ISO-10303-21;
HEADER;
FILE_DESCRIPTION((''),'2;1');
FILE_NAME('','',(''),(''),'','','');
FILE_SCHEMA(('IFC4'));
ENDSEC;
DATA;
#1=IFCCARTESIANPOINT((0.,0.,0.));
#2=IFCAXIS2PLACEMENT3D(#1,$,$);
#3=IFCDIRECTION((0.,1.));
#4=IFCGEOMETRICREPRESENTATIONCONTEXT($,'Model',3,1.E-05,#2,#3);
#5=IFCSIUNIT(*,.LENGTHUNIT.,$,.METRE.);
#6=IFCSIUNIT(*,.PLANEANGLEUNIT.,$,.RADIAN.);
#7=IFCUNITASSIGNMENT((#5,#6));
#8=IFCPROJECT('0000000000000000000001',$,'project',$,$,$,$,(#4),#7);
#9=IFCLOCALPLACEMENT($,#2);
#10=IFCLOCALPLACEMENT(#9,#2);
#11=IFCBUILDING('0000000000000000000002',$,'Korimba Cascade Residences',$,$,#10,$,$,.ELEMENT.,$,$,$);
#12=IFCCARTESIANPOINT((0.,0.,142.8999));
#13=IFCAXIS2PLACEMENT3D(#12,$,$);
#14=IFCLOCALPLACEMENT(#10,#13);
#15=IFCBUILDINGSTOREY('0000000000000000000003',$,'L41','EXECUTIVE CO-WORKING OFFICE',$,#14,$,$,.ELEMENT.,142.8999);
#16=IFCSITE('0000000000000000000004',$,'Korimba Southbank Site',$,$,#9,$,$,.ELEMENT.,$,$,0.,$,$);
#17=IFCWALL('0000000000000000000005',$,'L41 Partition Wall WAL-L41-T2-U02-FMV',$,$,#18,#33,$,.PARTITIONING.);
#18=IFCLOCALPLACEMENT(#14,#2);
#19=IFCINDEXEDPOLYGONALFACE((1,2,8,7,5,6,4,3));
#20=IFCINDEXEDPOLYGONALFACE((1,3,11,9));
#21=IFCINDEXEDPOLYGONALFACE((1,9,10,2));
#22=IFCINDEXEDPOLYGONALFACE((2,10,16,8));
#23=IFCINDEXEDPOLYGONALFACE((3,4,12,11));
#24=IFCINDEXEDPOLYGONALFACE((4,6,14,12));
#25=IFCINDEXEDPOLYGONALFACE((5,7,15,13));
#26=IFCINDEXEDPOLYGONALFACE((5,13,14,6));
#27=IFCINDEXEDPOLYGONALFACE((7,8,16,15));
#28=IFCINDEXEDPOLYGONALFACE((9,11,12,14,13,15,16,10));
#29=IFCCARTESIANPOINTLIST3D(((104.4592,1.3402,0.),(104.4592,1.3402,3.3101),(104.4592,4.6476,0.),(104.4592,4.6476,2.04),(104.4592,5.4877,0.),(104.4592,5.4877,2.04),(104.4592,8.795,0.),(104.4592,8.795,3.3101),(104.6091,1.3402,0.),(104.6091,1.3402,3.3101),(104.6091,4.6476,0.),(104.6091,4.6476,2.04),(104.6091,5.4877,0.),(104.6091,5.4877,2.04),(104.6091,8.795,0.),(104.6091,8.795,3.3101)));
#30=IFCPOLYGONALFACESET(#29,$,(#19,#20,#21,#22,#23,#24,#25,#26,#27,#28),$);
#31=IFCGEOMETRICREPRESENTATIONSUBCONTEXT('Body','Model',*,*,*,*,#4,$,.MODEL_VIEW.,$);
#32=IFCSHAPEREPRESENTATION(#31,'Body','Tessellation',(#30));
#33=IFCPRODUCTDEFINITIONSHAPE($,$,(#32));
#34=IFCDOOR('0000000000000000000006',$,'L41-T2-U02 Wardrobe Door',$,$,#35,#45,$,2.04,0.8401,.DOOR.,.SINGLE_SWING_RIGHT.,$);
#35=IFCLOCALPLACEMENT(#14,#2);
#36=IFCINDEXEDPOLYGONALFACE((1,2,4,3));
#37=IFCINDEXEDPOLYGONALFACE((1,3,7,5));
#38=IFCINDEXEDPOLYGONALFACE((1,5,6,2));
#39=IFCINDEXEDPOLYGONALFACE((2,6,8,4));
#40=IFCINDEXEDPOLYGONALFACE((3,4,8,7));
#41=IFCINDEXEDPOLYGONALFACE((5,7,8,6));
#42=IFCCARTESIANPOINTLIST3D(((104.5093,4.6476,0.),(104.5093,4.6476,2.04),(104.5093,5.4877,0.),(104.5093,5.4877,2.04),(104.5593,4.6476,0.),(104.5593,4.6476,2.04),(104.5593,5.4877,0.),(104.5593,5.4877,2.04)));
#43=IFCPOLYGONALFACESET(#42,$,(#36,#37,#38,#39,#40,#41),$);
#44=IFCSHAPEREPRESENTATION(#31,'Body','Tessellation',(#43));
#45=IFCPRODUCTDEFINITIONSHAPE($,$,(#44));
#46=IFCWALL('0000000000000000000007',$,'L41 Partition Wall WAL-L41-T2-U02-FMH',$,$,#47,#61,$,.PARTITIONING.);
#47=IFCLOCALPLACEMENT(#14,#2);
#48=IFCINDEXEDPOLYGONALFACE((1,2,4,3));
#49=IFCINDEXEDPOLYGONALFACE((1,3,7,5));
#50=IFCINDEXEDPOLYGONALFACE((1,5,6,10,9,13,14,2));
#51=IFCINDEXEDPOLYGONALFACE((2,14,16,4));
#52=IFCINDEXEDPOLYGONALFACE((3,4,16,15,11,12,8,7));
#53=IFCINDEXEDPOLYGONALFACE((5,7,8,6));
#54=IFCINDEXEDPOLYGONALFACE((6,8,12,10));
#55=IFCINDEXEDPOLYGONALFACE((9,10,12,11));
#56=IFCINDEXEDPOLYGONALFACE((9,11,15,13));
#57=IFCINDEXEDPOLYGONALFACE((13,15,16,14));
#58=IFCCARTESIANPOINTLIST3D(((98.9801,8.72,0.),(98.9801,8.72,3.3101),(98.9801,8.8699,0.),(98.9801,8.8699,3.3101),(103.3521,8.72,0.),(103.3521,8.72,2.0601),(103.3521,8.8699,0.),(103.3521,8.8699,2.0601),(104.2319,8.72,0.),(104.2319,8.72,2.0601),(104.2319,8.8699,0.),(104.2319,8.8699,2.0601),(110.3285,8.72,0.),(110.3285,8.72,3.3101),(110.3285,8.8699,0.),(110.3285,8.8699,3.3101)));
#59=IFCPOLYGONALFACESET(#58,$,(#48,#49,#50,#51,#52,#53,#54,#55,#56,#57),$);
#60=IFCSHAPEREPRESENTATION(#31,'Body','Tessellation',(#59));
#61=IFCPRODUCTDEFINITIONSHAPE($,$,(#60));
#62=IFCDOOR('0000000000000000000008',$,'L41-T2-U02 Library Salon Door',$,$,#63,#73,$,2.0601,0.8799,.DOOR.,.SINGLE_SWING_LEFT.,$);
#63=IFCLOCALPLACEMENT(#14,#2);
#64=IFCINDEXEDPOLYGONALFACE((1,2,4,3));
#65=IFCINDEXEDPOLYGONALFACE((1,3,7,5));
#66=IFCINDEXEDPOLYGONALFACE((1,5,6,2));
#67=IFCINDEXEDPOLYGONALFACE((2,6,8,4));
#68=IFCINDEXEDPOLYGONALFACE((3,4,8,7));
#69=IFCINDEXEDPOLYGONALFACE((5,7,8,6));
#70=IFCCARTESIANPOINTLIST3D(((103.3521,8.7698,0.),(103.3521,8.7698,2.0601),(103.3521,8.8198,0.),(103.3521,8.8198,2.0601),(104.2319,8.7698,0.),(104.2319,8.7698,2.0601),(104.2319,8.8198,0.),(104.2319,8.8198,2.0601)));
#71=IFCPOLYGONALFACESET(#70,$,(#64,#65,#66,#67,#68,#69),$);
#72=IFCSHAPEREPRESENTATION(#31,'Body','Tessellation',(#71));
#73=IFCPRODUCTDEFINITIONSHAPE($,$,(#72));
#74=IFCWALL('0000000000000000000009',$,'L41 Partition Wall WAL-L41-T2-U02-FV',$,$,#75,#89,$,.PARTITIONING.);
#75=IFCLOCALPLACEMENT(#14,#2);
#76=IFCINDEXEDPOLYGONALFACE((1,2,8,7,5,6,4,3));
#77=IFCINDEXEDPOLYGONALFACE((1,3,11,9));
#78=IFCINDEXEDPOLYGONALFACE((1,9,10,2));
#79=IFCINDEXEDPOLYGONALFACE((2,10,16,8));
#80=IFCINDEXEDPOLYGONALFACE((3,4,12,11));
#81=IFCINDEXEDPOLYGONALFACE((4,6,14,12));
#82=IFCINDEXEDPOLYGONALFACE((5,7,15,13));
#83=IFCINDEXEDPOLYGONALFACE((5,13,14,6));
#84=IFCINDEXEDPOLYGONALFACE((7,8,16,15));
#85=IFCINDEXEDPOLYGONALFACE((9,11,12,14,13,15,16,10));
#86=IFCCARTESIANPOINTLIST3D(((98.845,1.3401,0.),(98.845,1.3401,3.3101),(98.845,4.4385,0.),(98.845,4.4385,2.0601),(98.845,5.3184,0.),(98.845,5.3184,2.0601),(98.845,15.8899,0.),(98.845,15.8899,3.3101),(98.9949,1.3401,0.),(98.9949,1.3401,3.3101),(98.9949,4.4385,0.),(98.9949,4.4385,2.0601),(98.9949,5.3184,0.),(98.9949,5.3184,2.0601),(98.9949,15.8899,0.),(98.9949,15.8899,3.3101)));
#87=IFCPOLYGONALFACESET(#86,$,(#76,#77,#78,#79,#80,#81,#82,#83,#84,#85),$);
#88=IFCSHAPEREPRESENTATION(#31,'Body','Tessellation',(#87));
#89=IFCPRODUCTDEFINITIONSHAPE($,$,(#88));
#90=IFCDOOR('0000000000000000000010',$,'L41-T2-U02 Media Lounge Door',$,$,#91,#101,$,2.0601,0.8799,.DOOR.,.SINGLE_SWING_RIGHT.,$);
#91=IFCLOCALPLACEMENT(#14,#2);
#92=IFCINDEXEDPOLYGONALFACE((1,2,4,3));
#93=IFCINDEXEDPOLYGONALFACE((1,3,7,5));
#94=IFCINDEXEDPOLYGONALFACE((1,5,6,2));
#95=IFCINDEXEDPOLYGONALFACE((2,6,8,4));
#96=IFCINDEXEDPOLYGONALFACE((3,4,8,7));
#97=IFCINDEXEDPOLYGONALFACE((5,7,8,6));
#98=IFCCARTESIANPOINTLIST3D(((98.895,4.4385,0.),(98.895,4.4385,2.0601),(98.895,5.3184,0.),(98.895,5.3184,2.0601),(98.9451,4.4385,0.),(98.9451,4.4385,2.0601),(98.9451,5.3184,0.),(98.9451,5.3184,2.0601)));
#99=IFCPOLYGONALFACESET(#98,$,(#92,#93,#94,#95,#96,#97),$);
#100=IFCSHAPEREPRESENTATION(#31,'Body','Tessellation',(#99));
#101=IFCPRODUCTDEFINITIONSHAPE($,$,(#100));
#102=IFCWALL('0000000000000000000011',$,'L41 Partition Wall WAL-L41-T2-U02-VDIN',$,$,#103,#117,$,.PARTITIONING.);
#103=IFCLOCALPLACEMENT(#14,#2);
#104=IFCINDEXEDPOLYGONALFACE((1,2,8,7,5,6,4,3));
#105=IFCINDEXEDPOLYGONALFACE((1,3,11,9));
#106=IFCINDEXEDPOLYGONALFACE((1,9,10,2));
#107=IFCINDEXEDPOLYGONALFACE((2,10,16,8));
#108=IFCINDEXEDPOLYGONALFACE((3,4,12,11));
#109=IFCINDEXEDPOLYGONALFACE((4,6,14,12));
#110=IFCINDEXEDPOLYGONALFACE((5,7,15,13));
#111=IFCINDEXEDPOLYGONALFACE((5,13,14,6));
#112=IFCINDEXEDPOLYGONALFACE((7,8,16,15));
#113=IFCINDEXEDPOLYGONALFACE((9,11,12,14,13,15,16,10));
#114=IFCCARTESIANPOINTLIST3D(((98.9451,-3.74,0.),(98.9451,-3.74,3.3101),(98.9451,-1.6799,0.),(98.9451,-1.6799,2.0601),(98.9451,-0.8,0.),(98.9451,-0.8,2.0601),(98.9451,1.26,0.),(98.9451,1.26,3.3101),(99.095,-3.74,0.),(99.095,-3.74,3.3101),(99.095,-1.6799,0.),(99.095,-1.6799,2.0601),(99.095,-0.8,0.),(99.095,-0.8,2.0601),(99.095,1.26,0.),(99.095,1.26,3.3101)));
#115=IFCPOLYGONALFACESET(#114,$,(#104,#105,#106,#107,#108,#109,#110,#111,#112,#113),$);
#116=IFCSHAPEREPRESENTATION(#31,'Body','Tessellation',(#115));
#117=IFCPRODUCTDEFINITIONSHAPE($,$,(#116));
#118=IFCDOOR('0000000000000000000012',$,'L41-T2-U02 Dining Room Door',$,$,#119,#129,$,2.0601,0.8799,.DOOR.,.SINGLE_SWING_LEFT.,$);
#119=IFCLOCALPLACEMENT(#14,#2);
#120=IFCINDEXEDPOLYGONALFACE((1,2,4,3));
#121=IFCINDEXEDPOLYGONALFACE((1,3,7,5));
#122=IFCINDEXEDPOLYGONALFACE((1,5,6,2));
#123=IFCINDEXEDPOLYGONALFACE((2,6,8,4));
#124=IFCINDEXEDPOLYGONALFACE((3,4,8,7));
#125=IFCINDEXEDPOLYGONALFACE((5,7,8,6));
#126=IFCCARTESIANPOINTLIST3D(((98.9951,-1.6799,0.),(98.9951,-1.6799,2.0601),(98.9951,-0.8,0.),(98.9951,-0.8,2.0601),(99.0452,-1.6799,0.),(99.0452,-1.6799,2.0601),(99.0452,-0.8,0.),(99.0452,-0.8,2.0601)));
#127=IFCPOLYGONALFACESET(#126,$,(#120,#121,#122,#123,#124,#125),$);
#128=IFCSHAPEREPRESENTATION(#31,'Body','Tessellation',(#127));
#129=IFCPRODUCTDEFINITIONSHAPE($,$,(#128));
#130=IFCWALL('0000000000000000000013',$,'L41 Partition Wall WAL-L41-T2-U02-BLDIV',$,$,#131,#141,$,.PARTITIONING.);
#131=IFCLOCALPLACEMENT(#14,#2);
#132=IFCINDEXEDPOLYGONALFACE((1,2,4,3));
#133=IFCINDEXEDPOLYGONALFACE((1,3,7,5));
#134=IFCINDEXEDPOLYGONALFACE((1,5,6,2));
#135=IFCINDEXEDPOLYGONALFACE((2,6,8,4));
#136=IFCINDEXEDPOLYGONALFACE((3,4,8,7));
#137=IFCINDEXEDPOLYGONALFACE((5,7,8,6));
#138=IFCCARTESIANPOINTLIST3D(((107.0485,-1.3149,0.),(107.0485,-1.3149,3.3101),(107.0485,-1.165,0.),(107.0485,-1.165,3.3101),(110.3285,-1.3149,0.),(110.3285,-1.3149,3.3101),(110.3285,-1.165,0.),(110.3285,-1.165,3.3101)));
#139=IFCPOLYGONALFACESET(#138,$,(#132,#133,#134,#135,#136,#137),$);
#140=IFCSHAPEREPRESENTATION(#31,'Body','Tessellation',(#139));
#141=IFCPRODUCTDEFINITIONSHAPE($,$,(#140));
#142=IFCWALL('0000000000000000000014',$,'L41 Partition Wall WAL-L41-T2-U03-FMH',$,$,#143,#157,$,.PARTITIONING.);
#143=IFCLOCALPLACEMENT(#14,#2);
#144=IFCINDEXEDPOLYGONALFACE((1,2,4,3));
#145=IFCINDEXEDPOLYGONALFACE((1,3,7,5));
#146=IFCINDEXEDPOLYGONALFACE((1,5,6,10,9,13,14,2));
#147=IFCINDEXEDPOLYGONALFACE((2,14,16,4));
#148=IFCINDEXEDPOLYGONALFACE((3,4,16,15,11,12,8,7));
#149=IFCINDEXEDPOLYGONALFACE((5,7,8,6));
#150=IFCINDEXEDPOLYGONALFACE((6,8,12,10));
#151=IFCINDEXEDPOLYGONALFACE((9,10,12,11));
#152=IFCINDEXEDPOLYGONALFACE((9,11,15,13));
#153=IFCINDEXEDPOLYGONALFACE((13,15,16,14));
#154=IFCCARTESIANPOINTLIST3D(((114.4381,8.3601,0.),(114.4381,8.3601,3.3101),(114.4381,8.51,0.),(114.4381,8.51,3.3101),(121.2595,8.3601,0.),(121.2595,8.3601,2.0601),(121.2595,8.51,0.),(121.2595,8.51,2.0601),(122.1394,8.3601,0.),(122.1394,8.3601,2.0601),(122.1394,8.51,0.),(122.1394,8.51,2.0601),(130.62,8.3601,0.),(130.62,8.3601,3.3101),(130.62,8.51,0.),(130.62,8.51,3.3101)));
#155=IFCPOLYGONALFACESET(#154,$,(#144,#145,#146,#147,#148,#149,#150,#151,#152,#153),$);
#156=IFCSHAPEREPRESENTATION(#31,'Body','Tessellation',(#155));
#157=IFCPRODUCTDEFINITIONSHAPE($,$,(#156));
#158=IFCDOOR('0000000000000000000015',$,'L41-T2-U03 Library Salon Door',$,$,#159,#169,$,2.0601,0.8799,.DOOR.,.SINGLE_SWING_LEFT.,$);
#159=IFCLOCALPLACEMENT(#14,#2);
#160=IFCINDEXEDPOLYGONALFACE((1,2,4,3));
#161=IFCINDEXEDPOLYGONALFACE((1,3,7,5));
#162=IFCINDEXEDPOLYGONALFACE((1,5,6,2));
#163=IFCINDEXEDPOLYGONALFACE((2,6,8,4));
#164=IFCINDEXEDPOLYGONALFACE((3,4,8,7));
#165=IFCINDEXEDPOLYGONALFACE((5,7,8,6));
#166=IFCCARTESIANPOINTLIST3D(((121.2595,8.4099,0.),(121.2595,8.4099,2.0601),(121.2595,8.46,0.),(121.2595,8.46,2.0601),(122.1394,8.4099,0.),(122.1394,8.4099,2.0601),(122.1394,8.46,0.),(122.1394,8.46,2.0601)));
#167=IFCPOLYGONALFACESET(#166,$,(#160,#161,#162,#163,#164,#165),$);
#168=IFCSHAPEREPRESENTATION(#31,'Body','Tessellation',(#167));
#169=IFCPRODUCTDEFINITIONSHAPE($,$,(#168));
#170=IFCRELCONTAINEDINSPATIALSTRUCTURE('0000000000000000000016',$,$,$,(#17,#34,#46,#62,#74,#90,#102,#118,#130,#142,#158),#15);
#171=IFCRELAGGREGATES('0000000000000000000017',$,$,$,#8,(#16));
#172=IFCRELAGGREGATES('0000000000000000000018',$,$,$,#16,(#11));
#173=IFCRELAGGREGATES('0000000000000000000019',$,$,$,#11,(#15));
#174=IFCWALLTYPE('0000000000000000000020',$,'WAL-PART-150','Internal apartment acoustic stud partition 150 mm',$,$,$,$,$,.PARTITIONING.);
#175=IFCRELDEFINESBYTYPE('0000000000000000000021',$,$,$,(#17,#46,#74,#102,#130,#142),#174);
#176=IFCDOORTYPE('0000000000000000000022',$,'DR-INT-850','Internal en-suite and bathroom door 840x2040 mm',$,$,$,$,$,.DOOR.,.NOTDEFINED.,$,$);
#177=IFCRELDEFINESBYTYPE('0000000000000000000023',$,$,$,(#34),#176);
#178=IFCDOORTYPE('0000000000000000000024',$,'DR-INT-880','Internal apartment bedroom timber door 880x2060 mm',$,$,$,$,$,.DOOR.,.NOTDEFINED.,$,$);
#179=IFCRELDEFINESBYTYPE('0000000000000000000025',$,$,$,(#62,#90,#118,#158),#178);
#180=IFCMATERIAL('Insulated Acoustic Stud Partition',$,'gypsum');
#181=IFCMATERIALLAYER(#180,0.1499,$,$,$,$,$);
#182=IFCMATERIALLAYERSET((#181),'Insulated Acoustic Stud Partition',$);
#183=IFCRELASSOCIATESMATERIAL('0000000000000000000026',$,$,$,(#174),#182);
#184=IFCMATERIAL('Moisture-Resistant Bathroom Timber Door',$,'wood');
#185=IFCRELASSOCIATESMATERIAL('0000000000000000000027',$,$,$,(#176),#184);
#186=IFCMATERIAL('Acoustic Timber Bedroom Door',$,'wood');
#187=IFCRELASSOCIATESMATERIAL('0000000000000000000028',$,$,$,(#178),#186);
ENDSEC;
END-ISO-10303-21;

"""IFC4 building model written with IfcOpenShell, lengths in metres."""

from ifc_helpers import new_model, si_unit, direction, frame, frame_2d, origin, place, context, subcontext, project, spatial, rectangle, extrude, material, layer, layer_set, type_object, element, fill, save


model = new_model("IFC4")

# Units and contexts
model_context = context("Model", 3, precision=1e-05, world=origin(), true_north=direction((0.0, 1.0)))
body_context = subcontext(model_context, "Body", "Model", "MODEL_VIEW")
ifc_project = project(units=[si_unit("LENGTHUNIT", "METRE"), si_unit("PLANEANGLEUNIT", "RADIAN")], contexts=[model_context])

# Site, building, storey
site_placement = place(None, origin())
site = spatial("IfcSite", under=ifc_project, at=site_placement, Name="Korimba Southbank Site", CompositionType="ELEMENT", RefElevation=0.0)
building_placement = place(site_placement, origin())
building = spatial("IfcBuilding", under=site, at=building_placement, Name="Korimba Cascade Residences", CompositionType="ELEMENT")
storey_placement = place(building_placement, frame((0.0, 0.0, 142.8999)))
storey = spatial("IfcBuildingStorey", under=building, at=storey_placement, Name="L41", Description="EXECUTIVE CO-WORKING OFFICE", CompositionType="ELEMENT", Elevation=142.8999)

# Walls, openings, doors
ifc_material_1 = material(Name="Insulated Acoustic Stud Partition", Category="gypsum")
ifc_layer = layer(ifc_material_1, 0.1499)
ifc_layer_set = layer_set([ifc_layer], Name="Insulated Acoustic Stud Partition")
wall_type = type_object("IfcWallType", Name="WAL-PART-150", Description="Internal apartment acoustic stud partition 150 mm", PredefinedType="PARTITIONING", material=ifc_layer_set)
wall_1_placement = place(storey_placement, frame((104.5342, 1.3401, 0.0), z_axis=(0.0, 0.0, 1.0), x_axis=(0.0, 1.0, 0.0)))
wall_1 = element("IfcWall", 1, at=wall_1_placement, inside=storey, type_object=wall_type, Name="L41 Partition Wall WAL-L41-T2-U02-FMV", PredefinedType="PARTITIONING", context=body_context, shape_type="SweptSolid", body=[
    extrude(rectangle(XDim=7.4548, YDim=0.1499, at=frame_2d((3.7275, 0.0))), origin(), (0.0, 0.0, 1.0), 3.3101),
])
opening_1_placement = place(wall_1_placement, frame((3.3076, 0.0, 0.0)))
opening_1 = element("IfcOpeningElement", 2, at=opening_1_placement, cuts=wall_1, PredefinedType="OPENING", context=body_context, shape_type="SweptSolid", body=[
    extrude(rectangle(XDim=0.8401, YDim=2.04, at=frame_2d((0.4199, 1.02))), frame((0.0, 0.085, 0.0), z_axis=(0.0, -1.0, 0.0), x_axis=(1.0, 0.0, 0.0)), (0.0, 0.0, 1.0), 0.1699),
])
ifc_material_2 = material(Name="Moisture-Resistant Bathroom Timber Door", Category="wood")
door_type_1 = type_object("IfcDoorType", Name="DR-INT-850", Description="Internal en-suite and bathroom door 840x2040 mm", OperationType="NOTDEFINED", PredefinedType="DOOR", material=ifc_material_2)
door_1_placement = place(opening_1_placement, origin())
door_1 = element("IfcDoor", 3, at=door_1_placement, inside=storey, type_object=door_type_1, Name="L41-T2-U02 Wardrobe Door", OperationType="SINGLE_SWING_RIGHT", OverallHeight=2.04, OverallWidth=0.8401, PredefinedType="DOOR", context=body_context, shape_type="SweptSolid", body=[
    extrude(rectangle(XDim=0.8401, YDim=2.04, at=frame_2d((0.4199, 1.02))), frame((0.0, 0.0249, 0.0), z_axis=(0.0, -1.0, 0.0), x_axis=(1.0, 0.0, 0.0)), (0.0, 0.0, 1.0), 0.05),
])
fill(opening_1, door_1)
wall_2_placement = place(storey_placement, frame((98.98, 8.7949, 0.0), z_axis=(0.0, 0.0, 1.0), x_axis=(1.0, 0.0, 0.0)))
wall_2 = element("IfcWall", 4, at=wall_2_placement, inside=storey, type_object=wall_type, Name="L41 Partition Wall WAL-L41-T2-U02-FMH", PredefinedType="PARTITIONING", context=body_context, shape_type="SweptSolid", body=[
    extrude(rectangle(XDim=11.3484, YDim=0.1499, at=frame_2d((5.6743, 0.0))), origin(), (0.0, 0.0, 1.0), 3.3101),
])
opening_2_placement = place(wall_2_placement, frame((4.3721, 0.0, 0.0)))
opening_2 = element("IfcOpeningElement", 5, at=opening_2_placement, cuts=wall_2, PredefinedType="OPENING", context=body_context, shape_type="SweptSolid", body=[
    extrude(rectangle(XDim=0.8799, YDim=2.0601, at=frame_2d((0.4399, 1.03))), frame((0.0, 0.085, 0.0), z_axis=(0.0, -1.0, 0.0), x_axis=(1.0, 0.0, 0.0)), (0.0, 0.0, 1.0), 0.1699),
])
ifc_material_3 = material(Name="Acoustic Timber Bedroom Door", Category="wood")
door_type_2 = type_object("IfcDoorType", Name="DR-INT-880", Description="Internal apartment bedroom timber door 880x2060 mm", OperationType="NOTDEFINED", PredefinedType="DOOR", material=ifc_material_3)
door_2_placement = place(opening_2_placement, origin())
door_2 = element("IfcDoor", 6, at=door_2_placement, inside=storey, type_object=door_type_2, Name="L41-T2-U02 Library Salon Door", OperationType="SINGLE_SWING_LEFT", OverallHeight=2.0601, OverallWidth=0.8799, PredefinedType="DOOR", context=body_context, shape_type="SweptSolid", body=[
    extrude(rectangle(XDim=0.8799, YDim=2.0601, at=frame_2d((0.4399, 1.03))), frame((0.0, 0.0249, 0.0), z_axis=(0.0, -1.0, 0.0), x_axis=(1.0, 0.0, 0.0)), (0.0, 0.0, 1.0), 0.05),
])
fill(opening_2, door_2)
wall_3_placement = place(storey_placement, frame((98.9199, 1.3401, 0.0), z_axis=(0.0, 0.0, 1.0), x_axis=(0.0, 1.0, 0.0)))
wall_3 = element("IfcWall", 7, at=wall_3_placement, inside=storey, type_object=wall_type, Name="L41 Partition Wall WAL-L41-T2-U02-FV", PredefinedType="PARTITIONING", context=body_context, shape_type="SweptSolid", body=[
    extrude(rectangle(XDim=14.5498, YDim=0.1499, at=frame_2d((7.2749, 0.0))), origin(), (0.0, 0.0, 1.0), 3.3101),
])
opening_3_placement = place(wall_3_placement, frame((3.0984, 0.0, 0.0)))
opening_3 = element("IfcOpeningElement", 8, at=opening_3_placement, cuts=wall_3, PredefinedType="OPENING", context=body_context, shape_type="SweptSolid", body=[
    extrude(rectangle(XDim=0.8799, YDim=2.0601, at=frame_2d((0.4399, 1.03))), frame((0.0, 0.085, 0.0), z_axis=(0.0, -1.0, 0.0), x_axis=(1.0, 0.0, 0.0)), (0.0, 0.0, 1.0), 0.1699),
])
door_3_placement = place(opening_3_placement, origin())
door_3 = element("IfcDoor", 9, at=door_3_placement, inside=storey, type_object=door_type_2, Name="L41-T2-U02 Media Lounge Door", OperationType="SINGLE_SWING_RIGHT", OverallHeight=2.0601, OverallWidth=0.8799, PredefinedType="DOOR", context=body_context, shape_type="SweptSolid", body=[
    extrude(rectangle(XDim=0.8799, YDim=2.0601, at=frame_2d((0.4399, 1.03))), frame((0.0, 0.0249, 0.0), z_axis=(0.0, -1.0, 0.0), x_axis=(1.0, 0.0, 0.0)), (0.0, 0.0, 1.0), 0.05),
])
fill(opening_3, door_3)
wall_4_placement = place(storey_placement, frame((99.02, -3.74, 0.0), z_axis=(0.0, 0.0, 1.0), x_axis=(0.0, 1.0, 0.0)))
wall_4 = element("IfcWall", 10, at=wall_4_placement, inside=storey, type_object=wall_type, Name="L41 Partition Wall WAL-L41-T2-U02-VDIN", PredefinedType="PARTITIONING", context=body_context, shape_type="SweptSolid", body=[
    extrude(rectangle(XDim=5.0, YDim=0.1499, at=frame_2d((2.5, 0.0))), origin(), (0.0, 0.0, 1.0), 3.3101),
])
opening_4_placement = place(wall_4_placement, frame((2.0601, 0.0, 0.0)))
opening_4 = element("IfcOpeningElement", 11, at=opening_4_placement, cuts=wall_4, PredefinedType="OPENING", context=body_context, shape_type="SweptSolid", body=[
    extrude(rectangle(XDim=0.8799, YDim=2.0601, at=frame_2d((0.4399, 1.03))), frame((0.0, 0.085, 0.0), z_axis=(0.0, -1.0, 0.0), x_axis=(1.0, 0.0, 0.0)), (0.0, 0.0, 1.0), 0.1699),
])
door_4_placement = place(opening_4_placement, origin())
door_4 = element("IfcDoor", 12, at=door_4_placement, inside=storey, type_object=door_type_2, Name="L41-T2-U02 Dining Room Door", OperationType="SINGLE_SWING_LEFT", OverallHeight=2.0601, OverallWidth=0.8799, PredefinedType="DOOR", context=body_context, shape_type="SweptSolid", body=[
    extrude(rectangle(XDim=0.8799, YDim=2.0601, at=frame_2d((0.4399, 1.03))), frame((0.0, 0.0249, 0.0), z_axis=(0.0, -1.0, 0.0), x_axis=(1.0, 0.0, 0.0)), (0.0, 0.0, 1.0), 0.05),
])
fill(opening_4, door_4)

# Wall
wall_5_placement = place(storey_placement, frame((107.0483, -1.24, 0.0), z_axis=(0.0, 0.0, 1.0), x_axis=(1.0, 0.0, 0.0)))
element("IfcWall", 13, at=wall_5_placement, inside=storey, type_object=wall_type, Name="L41 Partition Wall WAL-L41-T2-U02-BLDIV", PredefinedType="PARTITIONING", context=body_context, shape_type="SweptSolid", body=[
    extrude(rectangle(XDim=3.28, YDim=0.1499, at=frame_2d((1.6401, 0.0))), origin(), (0.0, 0.0, 1.0), 3.3101),
])

# Wall, opening, door
wall_6_placement = place(storey_placement, frame((114.4382, 8.4351, 0.0), z_axis=(0.0, 0.0, 1.0), x_axis=(1.0, 0.0, 0.0)))
wall_6 = element("IfcWall", 14, at=wall_6_placement, inside=storey, type_object=wall_type, Name="L41 Partition Wall WAL-L41-T2-U03-FMH", PredefinedType="PARTITIONING", context=body_context, shape_type="SweptSolid", body=[
    extrude(rectangle(XDim=16.1819, YDim=0.1499, at=frame_2d((8.0908, 0.0))), origin(), (0.0, 0.0, 1.0), 3.3101),
])
opening_5_placement = place(wall_6_placement, frame((6.8213, 0.0, 0.0)))
opening_5 = element("IfcOpeningElement", 15, at=opening_5_placement, cuts=wall_6, PredefinedType="OPENING", context=body_context, shape_type="SweptSolid", body=[
    extrude(rectangle(XDim=0.8799, YDim=2.0601, at=frame_2d((0.4399, 1.03))), frame((0.0, 0.085, 0.0), z_axis=(0.0, -1.0, 0.0), x_axis=(1.0, 0.0, 0.0)), (0.0, 0.0, 1.0), 0.1699),
])
door_5_placement = place(opening_5_placement, origin())
door_5 = element("IfcDoor", 16, at=door_5_placement, inside=storey, type_object=door_type_2, Name="L41-T2-U03 Library Salon Door", OperationType="SINGLE_SWING_LEFT", OverallHeight=2.0601, OverallWidth=0.8799, PredefinedType="DOOR", context=body_context, shape_type="SweptSolid", body=[
    extrude(rectangle(XDim=0.8799, YDim=2.0601, at=frame_2d((0.4399, 1.03))), frame((0.0, 0.0249, 0.0), z_axis=(0.0, -1.0, 0.0), x_axis=(1.0, 0.0, 0.0)), (0.0, 0.0, 1.0), 0.05),
])
fill(opening_5, door_5)

save(model, "model.ifc")
